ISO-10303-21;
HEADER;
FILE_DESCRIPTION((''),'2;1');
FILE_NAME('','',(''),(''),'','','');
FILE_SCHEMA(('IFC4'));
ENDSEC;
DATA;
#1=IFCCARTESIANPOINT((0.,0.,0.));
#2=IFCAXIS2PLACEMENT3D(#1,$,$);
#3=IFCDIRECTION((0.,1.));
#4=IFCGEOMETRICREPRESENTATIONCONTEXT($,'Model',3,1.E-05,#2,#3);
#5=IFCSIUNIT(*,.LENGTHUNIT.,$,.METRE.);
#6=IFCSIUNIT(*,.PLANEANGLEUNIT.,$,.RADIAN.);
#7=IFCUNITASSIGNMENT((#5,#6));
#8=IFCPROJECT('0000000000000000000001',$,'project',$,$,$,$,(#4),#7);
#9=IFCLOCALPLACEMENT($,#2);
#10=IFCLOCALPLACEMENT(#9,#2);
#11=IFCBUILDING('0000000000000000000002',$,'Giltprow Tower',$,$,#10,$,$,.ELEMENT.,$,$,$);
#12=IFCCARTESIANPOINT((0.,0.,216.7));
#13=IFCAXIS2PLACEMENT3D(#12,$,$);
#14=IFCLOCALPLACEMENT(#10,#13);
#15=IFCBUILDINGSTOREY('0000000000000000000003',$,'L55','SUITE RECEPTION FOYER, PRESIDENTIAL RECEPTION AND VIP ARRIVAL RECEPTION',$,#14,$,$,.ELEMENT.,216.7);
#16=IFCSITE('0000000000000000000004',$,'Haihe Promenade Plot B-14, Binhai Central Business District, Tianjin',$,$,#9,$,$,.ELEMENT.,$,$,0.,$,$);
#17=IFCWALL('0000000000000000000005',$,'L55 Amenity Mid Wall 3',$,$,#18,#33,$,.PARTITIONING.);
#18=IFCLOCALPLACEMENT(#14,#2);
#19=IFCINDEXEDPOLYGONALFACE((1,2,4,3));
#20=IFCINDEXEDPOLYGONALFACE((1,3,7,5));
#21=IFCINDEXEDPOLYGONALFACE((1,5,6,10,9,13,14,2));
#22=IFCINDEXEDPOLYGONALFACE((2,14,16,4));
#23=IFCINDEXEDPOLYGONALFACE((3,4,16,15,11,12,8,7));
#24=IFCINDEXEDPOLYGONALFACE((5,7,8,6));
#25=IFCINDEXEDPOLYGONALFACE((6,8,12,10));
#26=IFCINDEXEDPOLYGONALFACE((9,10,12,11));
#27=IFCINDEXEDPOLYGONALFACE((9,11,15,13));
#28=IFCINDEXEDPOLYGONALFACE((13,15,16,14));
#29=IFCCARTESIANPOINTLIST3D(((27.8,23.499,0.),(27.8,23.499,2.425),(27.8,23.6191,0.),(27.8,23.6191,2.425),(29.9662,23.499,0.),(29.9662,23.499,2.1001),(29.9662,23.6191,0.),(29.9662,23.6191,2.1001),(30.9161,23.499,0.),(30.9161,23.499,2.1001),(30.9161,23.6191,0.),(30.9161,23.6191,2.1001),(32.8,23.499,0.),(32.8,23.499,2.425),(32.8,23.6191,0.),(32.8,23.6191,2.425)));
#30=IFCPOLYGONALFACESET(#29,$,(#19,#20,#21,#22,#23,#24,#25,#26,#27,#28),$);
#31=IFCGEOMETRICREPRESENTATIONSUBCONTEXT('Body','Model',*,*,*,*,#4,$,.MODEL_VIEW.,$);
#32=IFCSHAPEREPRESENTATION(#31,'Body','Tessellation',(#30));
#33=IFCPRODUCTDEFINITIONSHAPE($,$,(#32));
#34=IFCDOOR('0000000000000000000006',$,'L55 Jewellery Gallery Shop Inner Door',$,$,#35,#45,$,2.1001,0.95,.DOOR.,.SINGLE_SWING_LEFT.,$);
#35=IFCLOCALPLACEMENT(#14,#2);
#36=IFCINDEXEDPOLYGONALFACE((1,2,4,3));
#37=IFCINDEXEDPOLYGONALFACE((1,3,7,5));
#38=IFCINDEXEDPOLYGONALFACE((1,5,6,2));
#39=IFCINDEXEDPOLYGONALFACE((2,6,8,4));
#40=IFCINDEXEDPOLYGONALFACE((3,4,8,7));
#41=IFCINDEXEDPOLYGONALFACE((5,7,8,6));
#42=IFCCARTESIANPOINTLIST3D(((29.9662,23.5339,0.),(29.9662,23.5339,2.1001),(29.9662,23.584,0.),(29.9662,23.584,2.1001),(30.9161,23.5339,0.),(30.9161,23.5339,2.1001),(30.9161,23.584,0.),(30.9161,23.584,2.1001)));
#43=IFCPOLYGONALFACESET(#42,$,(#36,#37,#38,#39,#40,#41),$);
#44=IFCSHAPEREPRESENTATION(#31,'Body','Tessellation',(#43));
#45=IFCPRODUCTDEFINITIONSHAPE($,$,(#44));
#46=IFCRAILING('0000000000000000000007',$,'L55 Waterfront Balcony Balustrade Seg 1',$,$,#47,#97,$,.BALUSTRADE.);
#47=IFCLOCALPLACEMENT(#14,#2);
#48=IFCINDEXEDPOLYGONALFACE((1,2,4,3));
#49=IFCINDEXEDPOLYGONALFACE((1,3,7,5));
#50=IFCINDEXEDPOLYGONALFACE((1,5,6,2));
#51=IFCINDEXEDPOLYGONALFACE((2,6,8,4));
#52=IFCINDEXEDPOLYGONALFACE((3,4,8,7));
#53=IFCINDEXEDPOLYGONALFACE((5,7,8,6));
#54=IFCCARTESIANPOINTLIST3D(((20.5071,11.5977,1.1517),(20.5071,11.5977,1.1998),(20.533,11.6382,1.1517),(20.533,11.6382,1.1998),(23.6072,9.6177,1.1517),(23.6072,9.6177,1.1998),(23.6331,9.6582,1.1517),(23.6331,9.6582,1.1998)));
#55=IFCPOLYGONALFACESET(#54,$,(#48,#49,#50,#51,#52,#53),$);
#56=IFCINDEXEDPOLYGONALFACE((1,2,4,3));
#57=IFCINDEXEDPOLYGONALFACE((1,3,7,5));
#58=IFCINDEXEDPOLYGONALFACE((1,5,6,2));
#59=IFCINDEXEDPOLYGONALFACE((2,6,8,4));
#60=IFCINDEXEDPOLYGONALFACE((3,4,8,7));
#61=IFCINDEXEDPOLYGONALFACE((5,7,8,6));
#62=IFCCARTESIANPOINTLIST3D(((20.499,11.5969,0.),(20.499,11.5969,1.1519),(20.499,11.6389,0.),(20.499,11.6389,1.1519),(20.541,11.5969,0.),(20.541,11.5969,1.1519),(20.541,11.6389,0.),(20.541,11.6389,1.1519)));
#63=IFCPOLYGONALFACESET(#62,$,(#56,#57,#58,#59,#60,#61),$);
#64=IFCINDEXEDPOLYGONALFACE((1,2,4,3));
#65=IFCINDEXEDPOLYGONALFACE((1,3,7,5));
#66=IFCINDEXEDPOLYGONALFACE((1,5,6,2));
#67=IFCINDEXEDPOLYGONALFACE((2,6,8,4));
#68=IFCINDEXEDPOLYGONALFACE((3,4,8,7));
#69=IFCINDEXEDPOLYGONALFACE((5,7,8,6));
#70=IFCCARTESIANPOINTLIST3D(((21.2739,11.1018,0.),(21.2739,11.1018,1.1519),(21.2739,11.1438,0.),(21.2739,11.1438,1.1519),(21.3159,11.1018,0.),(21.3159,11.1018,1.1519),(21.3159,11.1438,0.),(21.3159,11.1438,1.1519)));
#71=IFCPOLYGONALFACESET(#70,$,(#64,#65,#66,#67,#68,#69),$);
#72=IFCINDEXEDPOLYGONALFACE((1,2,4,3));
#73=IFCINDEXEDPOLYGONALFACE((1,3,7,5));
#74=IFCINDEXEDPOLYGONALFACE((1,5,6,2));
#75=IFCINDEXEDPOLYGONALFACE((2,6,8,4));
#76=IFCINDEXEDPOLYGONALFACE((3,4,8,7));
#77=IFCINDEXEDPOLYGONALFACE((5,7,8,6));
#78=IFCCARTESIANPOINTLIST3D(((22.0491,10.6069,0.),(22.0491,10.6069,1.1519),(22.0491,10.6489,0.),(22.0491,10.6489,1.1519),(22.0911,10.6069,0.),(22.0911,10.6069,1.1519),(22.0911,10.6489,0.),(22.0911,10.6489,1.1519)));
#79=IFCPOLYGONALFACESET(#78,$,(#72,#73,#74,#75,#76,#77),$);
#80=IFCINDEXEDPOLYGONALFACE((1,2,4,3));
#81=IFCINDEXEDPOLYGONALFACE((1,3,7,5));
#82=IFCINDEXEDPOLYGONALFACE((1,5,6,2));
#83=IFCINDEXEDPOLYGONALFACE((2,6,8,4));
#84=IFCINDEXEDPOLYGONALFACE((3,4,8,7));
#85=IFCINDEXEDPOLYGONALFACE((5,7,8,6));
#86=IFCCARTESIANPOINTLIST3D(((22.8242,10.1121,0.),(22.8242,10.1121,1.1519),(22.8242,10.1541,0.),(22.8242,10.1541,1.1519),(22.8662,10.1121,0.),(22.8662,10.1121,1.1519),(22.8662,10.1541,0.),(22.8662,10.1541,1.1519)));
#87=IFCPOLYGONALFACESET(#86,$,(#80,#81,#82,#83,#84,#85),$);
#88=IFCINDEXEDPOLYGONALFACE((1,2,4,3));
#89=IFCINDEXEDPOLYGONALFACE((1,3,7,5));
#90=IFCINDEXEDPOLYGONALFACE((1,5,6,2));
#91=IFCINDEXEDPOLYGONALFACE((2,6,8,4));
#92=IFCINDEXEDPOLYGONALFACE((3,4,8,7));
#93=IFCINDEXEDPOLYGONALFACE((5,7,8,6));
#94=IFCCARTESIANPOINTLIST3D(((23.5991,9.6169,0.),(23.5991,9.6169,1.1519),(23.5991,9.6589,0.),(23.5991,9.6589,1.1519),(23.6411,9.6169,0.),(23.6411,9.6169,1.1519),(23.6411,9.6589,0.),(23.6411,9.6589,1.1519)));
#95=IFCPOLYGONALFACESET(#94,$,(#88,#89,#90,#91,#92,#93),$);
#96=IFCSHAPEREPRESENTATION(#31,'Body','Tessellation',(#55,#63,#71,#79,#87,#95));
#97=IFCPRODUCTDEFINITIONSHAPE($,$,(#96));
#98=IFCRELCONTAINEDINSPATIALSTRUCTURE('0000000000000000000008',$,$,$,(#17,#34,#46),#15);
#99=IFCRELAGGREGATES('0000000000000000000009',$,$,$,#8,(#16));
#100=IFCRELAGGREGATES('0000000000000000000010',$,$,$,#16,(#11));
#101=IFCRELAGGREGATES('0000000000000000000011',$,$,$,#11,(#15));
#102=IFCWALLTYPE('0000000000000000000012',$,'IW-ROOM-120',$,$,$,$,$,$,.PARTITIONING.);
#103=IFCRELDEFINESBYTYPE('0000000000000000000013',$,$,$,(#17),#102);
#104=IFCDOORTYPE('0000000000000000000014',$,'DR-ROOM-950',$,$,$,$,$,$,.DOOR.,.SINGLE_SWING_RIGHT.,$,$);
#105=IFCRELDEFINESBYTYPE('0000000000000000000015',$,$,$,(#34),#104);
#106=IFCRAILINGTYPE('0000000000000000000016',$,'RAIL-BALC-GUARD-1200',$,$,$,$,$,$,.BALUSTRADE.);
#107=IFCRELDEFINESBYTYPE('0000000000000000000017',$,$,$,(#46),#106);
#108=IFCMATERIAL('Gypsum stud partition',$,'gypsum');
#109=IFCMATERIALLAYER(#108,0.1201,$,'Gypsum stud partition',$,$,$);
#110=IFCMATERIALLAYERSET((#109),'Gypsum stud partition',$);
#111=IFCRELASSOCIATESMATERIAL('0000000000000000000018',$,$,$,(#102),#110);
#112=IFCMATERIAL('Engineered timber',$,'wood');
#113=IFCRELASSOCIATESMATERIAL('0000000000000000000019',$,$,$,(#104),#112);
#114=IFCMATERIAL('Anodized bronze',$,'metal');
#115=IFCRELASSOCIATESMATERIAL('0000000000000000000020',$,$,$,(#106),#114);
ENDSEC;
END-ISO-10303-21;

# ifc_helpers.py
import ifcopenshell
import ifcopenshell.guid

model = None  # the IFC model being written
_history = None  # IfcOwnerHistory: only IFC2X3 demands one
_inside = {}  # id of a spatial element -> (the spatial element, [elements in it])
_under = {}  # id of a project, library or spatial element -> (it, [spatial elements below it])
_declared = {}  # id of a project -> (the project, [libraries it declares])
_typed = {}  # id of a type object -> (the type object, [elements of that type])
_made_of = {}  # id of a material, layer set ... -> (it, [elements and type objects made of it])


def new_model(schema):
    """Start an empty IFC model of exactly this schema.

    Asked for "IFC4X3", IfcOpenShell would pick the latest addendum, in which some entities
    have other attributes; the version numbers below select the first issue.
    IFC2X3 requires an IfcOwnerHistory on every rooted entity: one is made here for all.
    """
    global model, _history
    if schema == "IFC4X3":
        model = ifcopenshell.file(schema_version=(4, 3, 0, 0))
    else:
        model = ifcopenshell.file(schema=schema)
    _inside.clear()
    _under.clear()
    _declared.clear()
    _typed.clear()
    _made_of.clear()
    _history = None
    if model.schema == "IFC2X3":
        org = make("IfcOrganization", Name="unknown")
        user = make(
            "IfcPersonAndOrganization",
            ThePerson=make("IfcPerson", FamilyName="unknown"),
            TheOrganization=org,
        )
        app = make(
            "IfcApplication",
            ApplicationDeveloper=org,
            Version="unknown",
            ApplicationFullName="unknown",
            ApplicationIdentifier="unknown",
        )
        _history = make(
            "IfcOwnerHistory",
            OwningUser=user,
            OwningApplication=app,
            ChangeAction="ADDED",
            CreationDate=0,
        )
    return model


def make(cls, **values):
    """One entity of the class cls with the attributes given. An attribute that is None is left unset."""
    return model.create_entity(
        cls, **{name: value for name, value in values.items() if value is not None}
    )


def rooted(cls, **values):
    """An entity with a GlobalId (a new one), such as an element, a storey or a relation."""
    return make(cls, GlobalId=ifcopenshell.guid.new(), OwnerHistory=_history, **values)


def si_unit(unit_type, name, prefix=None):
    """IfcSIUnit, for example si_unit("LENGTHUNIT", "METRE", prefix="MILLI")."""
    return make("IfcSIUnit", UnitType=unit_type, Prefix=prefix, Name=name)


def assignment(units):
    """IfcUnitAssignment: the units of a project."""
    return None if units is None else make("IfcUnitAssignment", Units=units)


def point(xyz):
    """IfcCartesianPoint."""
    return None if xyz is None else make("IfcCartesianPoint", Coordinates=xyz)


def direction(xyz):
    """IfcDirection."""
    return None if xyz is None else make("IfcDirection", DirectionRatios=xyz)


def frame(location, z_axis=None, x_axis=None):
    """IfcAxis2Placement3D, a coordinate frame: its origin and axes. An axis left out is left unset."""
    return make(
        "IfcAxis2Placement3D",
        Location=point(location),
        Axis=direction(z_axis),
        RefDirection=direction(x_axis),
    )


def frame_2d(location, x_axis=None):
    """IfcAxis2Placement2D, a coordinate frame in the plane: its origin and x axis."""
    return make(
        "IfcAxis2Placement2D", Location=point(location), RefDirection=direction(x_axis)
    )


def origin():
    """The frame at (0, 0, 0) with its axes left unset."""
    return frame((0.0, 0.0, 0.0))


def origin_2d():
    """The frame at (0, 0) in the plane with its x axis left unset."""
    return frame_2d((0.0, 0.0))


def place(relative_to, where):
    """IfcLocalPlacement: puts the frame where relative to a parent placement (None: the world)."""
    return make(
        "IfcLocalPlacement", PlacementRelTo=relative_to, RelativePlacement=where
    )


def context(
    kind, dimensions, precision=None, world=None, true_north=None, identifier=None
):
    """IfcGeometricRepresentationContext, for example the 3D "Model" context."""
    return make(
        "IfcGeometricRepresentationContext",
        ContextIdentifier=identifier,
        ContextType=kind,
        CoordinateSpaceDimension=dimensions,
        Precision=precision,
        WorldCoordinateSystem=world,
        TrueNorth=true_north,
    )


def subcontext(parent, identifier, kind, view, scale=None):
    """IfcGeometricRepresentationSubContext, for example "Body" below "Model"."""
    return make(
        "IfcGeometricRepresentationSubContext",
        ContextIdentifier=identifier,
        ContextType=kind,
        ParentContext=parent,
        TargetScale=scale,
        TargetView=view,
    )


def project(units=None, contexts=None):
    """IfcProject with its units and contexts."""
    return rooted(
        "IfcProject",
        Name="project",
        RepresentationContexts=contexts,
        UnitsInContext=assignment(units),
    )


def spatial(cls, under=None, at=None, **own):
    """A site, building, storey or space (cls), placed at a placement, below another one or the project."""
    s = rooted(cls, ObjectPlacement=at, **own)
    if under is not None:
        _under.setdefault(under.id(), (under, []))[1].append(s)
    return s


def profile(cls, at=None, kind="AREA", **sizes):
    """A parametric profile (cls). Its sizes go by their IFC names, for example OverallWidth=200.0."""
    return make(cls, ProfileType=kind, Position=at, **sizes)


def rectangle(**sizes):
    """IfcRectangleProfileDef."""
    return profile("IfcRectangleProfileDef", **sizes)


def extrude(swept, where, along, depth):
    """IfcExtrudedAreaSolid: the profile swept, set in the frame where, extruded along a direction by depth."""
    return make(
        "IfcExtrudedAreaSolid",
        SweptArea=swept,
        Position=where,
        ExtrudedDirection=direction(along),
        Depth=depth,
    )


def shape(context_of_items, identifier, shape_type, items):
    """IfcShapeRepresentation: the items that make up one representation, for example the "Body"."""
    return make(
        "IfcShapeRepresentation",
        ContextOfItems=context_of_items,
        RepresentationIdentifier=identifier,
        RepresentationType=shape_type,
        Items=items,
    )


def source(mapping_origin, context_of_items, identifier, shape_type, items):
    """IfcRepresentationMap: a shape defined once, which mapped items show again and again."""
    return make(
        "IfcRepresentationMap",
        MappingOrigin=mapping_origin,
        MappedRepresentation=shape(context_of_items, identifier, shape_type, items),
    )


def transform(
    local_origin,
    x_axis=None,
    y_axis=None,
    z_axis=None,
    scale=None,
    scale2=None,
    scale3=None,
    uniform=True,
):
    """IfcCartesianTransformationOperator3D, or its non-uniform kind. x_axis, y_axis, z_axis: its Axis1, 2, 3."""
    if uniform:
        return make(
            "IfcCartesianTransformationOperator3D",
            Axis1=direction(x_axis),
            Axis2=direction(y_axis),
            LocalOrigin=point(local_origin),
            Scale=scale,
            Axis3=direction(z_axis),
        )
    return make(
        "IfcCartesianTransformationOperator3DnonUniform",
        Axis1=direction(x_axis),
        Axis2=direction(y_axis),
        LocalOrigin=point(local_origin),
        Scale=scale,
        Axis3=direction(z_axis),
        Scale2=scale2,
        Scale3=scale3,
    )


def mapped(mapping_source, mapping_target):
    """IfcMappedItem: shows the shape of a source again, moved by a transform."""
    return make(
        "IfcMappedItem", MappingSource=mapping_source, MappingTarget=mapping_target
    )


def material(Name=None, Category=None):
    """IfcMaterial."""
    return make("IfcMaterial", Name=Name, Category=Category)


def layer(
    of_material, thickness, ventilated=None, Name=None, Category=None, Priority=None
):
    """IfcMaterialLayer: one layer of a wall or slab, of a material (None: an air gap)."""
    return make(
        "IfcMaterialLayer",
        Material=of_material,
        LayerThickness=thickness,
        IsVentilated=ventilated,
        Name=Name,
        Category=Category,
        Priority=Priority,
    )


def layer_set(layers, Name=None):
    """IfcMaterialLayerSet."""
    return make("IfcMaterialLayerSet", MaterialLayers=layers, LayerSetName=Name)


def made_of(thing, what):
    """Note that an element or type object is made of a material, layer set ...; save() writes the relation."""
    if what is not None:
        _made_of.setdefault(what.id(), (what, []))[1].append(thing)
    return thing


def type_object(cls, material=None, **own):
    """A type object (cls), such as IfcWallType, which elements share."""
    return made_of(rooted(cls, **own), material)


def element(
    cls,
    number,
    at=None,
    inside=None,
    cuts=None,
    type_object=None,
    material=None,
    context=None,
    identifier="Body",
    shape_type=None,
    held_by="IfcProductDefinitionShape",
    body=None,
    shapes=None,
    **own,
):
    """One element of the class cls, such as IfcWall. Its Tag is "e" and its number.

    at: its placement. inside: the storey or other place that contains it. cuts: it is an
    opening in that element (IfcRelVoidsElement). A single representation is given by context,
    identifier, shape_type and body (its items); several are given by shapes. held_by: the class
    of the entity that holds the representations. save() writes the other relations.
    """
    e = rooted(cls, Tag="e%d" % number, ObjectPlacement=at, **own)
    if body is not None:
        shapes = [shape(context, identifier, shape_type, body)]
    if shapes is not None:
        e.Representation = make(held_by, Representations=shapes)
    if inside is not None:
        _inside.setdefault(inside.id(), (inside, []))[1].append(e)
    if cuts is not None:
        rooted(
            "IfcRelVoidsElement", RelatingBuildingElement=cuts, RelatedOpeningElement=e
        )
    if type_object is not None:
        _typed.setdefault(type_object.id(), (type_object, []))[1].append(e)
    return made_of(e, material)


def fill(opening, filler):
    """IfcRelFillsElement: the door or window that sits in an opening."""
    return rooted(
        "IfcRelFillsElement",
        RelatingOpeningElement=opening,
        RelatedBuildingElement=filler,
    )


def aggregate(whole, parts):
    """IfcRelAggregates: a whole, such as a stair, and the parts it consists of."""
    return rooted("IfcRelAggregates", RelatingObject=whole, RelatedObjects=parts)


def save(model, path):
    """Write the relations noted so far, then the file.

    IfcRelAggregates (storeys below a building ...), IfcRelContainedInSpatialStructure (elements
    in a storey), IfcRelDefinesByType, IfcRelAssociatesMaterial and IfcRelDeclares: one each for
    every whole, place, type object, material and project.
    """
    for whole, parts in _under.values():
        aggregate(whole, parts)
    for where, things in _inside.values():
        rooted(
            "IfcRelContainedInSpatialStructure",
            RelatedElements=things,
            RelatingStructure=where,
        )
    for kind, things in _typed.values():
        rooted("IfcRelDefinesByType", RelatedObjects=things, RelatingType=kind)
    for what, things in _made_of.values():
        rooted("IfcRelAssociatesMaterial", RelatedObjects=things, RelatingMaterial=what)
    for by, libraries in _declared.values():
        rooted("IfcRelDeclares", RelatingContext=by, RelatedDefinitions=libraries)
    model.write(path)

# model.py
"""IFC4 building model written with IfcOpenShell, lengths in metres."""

from ifc_helpers import new_model, si_unit, direction, frame, frame_2d, origin, origin_2d, place, context, subcontext, project, spatial, rectangle, extrude, source, transform, mapped, material, layer, layer_set, type_object, element, fill, save


model = new_model("IFC4")

# Units and contexts
model_context = context("Model", 3, precision=1e-05, world=origin(), true_north=direction((0.0, 1.0)))
body_context = subcontext(model_context, "Body", "Model", "MODEL_VIEW")
ifc_project = project(units=[si_unit("LENGTHUNIT", "METRE"), si_unit("PLANEANGLEUNIT", "RADIAN")], contexts=[model_context])

# Site, building, storey
site_placement = place(None, origin())
site = spatial("IfcSite", under=ifc_project, at=site_placement, Name="Haihe Promenade Plot B-14, Binhai Central Business District, Tianjin", CompositionType="ELEMENT", RefElevation=0.0)
building_placement = place(site_placement, origin())
building = spatial("IfcBuilding", under=site, at=building_placement, Name="Giltprow Tower", CompositionType="ELEMENT")
storey_placement = place(building_placement, frame((0.0, 0.0, 216.7)))
storey = spatial("IfcBuildingStorey", under=building, at=storey_placement, Name="L55", Description="SUITE RECEPTION FOYER, PRESIDENTIAL RECEPTION AND VIP ARRIVAL RECEPTION", CompositionType="ELEMENT", Elevation=216.7)

# Shared definitions
ifc_material_1 = material(Name="Gypsum stud partition", Category="gypsum")

# Wall, opening, door
ifc_layer_1 = layer(ifc_material_1, 0.1201, Name="Gypsum stud partition")
ifc_layer_set_1 = layer_set([ifc_layer_1], Name="Gypsum stud partition")
wall_type_1 = type_object("IfcWallType", Name="IW-ROOM-120", PredefinedType="PARTITIONING", material=ifc_layer_set_1)
ifc_material_2 = material(Name="Engineered timber", Category="wood")
door_type_1 = type_object("IfcDoorType", Name="DR-ROOM-950", OperationType="SINGLE_SWING_RIGHT", PredefinedType="DOOR", material=ifc_material_2)
shared_shape_1 = source(origin(), body_context, "Body", "SweptSolid", [
    extrude(rectangle(XDim=0.95, YDim=2.1001, at=frame_2d((0.4751, 1.05))), frame((0.0, 0.0249, 0.0), z_axis=(0.0, -1.0, 0.0), x_axis=(1.0, 0.0, 0.0)), (0.0, 0.0, 1.0), 0.05),
])
wall_1_placement = place(storey_placement, frame((27.8, 23.5591, 0.0), z_axis=(0.0, 0.0, 1.0), x_axis=(1.0, 0.0, 0.0)))
wall_1 = element("IfcWall", 1, at=wall_1_placement, inside=storey, type_object=wall_type_1, Name="L55 Amenity Mid Wall 3", PredefinedType="PARTITIONING", context=body_context, shape_type="SweptSolid", body=[
    extrude(rectangle(XDim=5.0, YDim=0.1201, at=frame_2d((2.5, 0.0))), origin(), (0.0, 0.0, 1.0), 2.425),
])
opening_1_placement = place(wall_1_placement, frame((2.166, 0.0, 0.0)))
opening_1 = element("IfcOpeningElement", 2, at=opening_1_placement, cuts=wall_1, PredefinedType="OPENING", context=body_context, shape_type="SweptSolid", body=[
    extrude(rectangle(XDim=0.95, YDim=2.1001, at=frame_2d((0.4751, 1.05))), frame((0.0, 0.0701, 0.0), z_axis=(0.0, -1.0, 0.0), x_axis=(1.0, 0.0, 0.0)), (0.0, 0.0, 1.0), 0.1401),
])
door_1_placement = place(opening_1_placement, origin())
door_1 = element("IfcDoor", 3, at=door_1_placement, inside=storey, type_object=door_type_1, Name="L55 Jewellery Gallery Shop Inner Door", OperationType="SINGLE_SWING_LEFT", OverallHeight=2.1001, OverallWidth=0.95, PredefinedType="DOOR", context=body_context, shape_type="MappedRepresentation", body=[
    mapped(shared_shape_1, transform((0.0, 0.0, 0.0), x_axis=(1.0, 0.0, 0.0), y_axis=(0.0, 1.0, 0.0), z_axis=(0.0, 0.0, 1.0), scale=1.0)),
])
fill(opening_1, door_1)

# Railing
ifc_material_3 = material(Name="Anodized bronze", Category="metal")
railing_type = type_object("IfcRailingType", Name="RAIL-BALC-GUARD-1200", PredefinedType="BALUSTRADE", material=ifc_material_3)
railing_1_placement = place(storey_placement, frame((20.52, 11.6179, 0.0)))
element("IfcRailing", 4, at=railing_1_placement, inside=storey, type_object=railing_type, Name="L55 Waterfront Balcony Balustrade Seg 1", PredefinedType="BALUSTRADE", context=body_context, shape_type="SweptSolid", body=[
    extrude(rectangle(XDim=0.0481, YDim=0.0481, at=origin_2d()), frame((0.0, 0.0, 1.1758), z_axis=(0.842775, -0.538266, 0.0), x_axis=(0.538266, 0.842775, 0.0)), (0.0, 0.0, 1.0), 3.6785),
    extrude(rectangle(XDim=0.042, YDim=0.042, at=origin_2d()), origin(), (0.0, 0.0, 1.0), 1.1519),
    extrude(rectangle(XDim=0.042, YDim=0.042, at=origin_2d()), frame((0.7749, -0.4951, 0.0)), (0.0, 0.0, 1.0), 1.1519),
    extrude(rectangle(XDim=0.042, YDim=0.042, at=origin_2d()), frame((1.55, -0.99, 0.0)), (0.0, 0.0, 1.0), 1.1519),
    extrude(rectangle(XDim=0.042, YDim=0.042, at=origin_2d()), frame((2.3252, -1.4849, 0.0)), (0.0, 0.0, 1.0), 1.1519),
    extrude(rectangle(XDim=0.042, YDim=0.042, at=origin_2d()), frame((3.1001, -1.98, 0.0)), (0.0, 0.0, 1.0), 1.1519),
])

save(model, "model.ifc")
